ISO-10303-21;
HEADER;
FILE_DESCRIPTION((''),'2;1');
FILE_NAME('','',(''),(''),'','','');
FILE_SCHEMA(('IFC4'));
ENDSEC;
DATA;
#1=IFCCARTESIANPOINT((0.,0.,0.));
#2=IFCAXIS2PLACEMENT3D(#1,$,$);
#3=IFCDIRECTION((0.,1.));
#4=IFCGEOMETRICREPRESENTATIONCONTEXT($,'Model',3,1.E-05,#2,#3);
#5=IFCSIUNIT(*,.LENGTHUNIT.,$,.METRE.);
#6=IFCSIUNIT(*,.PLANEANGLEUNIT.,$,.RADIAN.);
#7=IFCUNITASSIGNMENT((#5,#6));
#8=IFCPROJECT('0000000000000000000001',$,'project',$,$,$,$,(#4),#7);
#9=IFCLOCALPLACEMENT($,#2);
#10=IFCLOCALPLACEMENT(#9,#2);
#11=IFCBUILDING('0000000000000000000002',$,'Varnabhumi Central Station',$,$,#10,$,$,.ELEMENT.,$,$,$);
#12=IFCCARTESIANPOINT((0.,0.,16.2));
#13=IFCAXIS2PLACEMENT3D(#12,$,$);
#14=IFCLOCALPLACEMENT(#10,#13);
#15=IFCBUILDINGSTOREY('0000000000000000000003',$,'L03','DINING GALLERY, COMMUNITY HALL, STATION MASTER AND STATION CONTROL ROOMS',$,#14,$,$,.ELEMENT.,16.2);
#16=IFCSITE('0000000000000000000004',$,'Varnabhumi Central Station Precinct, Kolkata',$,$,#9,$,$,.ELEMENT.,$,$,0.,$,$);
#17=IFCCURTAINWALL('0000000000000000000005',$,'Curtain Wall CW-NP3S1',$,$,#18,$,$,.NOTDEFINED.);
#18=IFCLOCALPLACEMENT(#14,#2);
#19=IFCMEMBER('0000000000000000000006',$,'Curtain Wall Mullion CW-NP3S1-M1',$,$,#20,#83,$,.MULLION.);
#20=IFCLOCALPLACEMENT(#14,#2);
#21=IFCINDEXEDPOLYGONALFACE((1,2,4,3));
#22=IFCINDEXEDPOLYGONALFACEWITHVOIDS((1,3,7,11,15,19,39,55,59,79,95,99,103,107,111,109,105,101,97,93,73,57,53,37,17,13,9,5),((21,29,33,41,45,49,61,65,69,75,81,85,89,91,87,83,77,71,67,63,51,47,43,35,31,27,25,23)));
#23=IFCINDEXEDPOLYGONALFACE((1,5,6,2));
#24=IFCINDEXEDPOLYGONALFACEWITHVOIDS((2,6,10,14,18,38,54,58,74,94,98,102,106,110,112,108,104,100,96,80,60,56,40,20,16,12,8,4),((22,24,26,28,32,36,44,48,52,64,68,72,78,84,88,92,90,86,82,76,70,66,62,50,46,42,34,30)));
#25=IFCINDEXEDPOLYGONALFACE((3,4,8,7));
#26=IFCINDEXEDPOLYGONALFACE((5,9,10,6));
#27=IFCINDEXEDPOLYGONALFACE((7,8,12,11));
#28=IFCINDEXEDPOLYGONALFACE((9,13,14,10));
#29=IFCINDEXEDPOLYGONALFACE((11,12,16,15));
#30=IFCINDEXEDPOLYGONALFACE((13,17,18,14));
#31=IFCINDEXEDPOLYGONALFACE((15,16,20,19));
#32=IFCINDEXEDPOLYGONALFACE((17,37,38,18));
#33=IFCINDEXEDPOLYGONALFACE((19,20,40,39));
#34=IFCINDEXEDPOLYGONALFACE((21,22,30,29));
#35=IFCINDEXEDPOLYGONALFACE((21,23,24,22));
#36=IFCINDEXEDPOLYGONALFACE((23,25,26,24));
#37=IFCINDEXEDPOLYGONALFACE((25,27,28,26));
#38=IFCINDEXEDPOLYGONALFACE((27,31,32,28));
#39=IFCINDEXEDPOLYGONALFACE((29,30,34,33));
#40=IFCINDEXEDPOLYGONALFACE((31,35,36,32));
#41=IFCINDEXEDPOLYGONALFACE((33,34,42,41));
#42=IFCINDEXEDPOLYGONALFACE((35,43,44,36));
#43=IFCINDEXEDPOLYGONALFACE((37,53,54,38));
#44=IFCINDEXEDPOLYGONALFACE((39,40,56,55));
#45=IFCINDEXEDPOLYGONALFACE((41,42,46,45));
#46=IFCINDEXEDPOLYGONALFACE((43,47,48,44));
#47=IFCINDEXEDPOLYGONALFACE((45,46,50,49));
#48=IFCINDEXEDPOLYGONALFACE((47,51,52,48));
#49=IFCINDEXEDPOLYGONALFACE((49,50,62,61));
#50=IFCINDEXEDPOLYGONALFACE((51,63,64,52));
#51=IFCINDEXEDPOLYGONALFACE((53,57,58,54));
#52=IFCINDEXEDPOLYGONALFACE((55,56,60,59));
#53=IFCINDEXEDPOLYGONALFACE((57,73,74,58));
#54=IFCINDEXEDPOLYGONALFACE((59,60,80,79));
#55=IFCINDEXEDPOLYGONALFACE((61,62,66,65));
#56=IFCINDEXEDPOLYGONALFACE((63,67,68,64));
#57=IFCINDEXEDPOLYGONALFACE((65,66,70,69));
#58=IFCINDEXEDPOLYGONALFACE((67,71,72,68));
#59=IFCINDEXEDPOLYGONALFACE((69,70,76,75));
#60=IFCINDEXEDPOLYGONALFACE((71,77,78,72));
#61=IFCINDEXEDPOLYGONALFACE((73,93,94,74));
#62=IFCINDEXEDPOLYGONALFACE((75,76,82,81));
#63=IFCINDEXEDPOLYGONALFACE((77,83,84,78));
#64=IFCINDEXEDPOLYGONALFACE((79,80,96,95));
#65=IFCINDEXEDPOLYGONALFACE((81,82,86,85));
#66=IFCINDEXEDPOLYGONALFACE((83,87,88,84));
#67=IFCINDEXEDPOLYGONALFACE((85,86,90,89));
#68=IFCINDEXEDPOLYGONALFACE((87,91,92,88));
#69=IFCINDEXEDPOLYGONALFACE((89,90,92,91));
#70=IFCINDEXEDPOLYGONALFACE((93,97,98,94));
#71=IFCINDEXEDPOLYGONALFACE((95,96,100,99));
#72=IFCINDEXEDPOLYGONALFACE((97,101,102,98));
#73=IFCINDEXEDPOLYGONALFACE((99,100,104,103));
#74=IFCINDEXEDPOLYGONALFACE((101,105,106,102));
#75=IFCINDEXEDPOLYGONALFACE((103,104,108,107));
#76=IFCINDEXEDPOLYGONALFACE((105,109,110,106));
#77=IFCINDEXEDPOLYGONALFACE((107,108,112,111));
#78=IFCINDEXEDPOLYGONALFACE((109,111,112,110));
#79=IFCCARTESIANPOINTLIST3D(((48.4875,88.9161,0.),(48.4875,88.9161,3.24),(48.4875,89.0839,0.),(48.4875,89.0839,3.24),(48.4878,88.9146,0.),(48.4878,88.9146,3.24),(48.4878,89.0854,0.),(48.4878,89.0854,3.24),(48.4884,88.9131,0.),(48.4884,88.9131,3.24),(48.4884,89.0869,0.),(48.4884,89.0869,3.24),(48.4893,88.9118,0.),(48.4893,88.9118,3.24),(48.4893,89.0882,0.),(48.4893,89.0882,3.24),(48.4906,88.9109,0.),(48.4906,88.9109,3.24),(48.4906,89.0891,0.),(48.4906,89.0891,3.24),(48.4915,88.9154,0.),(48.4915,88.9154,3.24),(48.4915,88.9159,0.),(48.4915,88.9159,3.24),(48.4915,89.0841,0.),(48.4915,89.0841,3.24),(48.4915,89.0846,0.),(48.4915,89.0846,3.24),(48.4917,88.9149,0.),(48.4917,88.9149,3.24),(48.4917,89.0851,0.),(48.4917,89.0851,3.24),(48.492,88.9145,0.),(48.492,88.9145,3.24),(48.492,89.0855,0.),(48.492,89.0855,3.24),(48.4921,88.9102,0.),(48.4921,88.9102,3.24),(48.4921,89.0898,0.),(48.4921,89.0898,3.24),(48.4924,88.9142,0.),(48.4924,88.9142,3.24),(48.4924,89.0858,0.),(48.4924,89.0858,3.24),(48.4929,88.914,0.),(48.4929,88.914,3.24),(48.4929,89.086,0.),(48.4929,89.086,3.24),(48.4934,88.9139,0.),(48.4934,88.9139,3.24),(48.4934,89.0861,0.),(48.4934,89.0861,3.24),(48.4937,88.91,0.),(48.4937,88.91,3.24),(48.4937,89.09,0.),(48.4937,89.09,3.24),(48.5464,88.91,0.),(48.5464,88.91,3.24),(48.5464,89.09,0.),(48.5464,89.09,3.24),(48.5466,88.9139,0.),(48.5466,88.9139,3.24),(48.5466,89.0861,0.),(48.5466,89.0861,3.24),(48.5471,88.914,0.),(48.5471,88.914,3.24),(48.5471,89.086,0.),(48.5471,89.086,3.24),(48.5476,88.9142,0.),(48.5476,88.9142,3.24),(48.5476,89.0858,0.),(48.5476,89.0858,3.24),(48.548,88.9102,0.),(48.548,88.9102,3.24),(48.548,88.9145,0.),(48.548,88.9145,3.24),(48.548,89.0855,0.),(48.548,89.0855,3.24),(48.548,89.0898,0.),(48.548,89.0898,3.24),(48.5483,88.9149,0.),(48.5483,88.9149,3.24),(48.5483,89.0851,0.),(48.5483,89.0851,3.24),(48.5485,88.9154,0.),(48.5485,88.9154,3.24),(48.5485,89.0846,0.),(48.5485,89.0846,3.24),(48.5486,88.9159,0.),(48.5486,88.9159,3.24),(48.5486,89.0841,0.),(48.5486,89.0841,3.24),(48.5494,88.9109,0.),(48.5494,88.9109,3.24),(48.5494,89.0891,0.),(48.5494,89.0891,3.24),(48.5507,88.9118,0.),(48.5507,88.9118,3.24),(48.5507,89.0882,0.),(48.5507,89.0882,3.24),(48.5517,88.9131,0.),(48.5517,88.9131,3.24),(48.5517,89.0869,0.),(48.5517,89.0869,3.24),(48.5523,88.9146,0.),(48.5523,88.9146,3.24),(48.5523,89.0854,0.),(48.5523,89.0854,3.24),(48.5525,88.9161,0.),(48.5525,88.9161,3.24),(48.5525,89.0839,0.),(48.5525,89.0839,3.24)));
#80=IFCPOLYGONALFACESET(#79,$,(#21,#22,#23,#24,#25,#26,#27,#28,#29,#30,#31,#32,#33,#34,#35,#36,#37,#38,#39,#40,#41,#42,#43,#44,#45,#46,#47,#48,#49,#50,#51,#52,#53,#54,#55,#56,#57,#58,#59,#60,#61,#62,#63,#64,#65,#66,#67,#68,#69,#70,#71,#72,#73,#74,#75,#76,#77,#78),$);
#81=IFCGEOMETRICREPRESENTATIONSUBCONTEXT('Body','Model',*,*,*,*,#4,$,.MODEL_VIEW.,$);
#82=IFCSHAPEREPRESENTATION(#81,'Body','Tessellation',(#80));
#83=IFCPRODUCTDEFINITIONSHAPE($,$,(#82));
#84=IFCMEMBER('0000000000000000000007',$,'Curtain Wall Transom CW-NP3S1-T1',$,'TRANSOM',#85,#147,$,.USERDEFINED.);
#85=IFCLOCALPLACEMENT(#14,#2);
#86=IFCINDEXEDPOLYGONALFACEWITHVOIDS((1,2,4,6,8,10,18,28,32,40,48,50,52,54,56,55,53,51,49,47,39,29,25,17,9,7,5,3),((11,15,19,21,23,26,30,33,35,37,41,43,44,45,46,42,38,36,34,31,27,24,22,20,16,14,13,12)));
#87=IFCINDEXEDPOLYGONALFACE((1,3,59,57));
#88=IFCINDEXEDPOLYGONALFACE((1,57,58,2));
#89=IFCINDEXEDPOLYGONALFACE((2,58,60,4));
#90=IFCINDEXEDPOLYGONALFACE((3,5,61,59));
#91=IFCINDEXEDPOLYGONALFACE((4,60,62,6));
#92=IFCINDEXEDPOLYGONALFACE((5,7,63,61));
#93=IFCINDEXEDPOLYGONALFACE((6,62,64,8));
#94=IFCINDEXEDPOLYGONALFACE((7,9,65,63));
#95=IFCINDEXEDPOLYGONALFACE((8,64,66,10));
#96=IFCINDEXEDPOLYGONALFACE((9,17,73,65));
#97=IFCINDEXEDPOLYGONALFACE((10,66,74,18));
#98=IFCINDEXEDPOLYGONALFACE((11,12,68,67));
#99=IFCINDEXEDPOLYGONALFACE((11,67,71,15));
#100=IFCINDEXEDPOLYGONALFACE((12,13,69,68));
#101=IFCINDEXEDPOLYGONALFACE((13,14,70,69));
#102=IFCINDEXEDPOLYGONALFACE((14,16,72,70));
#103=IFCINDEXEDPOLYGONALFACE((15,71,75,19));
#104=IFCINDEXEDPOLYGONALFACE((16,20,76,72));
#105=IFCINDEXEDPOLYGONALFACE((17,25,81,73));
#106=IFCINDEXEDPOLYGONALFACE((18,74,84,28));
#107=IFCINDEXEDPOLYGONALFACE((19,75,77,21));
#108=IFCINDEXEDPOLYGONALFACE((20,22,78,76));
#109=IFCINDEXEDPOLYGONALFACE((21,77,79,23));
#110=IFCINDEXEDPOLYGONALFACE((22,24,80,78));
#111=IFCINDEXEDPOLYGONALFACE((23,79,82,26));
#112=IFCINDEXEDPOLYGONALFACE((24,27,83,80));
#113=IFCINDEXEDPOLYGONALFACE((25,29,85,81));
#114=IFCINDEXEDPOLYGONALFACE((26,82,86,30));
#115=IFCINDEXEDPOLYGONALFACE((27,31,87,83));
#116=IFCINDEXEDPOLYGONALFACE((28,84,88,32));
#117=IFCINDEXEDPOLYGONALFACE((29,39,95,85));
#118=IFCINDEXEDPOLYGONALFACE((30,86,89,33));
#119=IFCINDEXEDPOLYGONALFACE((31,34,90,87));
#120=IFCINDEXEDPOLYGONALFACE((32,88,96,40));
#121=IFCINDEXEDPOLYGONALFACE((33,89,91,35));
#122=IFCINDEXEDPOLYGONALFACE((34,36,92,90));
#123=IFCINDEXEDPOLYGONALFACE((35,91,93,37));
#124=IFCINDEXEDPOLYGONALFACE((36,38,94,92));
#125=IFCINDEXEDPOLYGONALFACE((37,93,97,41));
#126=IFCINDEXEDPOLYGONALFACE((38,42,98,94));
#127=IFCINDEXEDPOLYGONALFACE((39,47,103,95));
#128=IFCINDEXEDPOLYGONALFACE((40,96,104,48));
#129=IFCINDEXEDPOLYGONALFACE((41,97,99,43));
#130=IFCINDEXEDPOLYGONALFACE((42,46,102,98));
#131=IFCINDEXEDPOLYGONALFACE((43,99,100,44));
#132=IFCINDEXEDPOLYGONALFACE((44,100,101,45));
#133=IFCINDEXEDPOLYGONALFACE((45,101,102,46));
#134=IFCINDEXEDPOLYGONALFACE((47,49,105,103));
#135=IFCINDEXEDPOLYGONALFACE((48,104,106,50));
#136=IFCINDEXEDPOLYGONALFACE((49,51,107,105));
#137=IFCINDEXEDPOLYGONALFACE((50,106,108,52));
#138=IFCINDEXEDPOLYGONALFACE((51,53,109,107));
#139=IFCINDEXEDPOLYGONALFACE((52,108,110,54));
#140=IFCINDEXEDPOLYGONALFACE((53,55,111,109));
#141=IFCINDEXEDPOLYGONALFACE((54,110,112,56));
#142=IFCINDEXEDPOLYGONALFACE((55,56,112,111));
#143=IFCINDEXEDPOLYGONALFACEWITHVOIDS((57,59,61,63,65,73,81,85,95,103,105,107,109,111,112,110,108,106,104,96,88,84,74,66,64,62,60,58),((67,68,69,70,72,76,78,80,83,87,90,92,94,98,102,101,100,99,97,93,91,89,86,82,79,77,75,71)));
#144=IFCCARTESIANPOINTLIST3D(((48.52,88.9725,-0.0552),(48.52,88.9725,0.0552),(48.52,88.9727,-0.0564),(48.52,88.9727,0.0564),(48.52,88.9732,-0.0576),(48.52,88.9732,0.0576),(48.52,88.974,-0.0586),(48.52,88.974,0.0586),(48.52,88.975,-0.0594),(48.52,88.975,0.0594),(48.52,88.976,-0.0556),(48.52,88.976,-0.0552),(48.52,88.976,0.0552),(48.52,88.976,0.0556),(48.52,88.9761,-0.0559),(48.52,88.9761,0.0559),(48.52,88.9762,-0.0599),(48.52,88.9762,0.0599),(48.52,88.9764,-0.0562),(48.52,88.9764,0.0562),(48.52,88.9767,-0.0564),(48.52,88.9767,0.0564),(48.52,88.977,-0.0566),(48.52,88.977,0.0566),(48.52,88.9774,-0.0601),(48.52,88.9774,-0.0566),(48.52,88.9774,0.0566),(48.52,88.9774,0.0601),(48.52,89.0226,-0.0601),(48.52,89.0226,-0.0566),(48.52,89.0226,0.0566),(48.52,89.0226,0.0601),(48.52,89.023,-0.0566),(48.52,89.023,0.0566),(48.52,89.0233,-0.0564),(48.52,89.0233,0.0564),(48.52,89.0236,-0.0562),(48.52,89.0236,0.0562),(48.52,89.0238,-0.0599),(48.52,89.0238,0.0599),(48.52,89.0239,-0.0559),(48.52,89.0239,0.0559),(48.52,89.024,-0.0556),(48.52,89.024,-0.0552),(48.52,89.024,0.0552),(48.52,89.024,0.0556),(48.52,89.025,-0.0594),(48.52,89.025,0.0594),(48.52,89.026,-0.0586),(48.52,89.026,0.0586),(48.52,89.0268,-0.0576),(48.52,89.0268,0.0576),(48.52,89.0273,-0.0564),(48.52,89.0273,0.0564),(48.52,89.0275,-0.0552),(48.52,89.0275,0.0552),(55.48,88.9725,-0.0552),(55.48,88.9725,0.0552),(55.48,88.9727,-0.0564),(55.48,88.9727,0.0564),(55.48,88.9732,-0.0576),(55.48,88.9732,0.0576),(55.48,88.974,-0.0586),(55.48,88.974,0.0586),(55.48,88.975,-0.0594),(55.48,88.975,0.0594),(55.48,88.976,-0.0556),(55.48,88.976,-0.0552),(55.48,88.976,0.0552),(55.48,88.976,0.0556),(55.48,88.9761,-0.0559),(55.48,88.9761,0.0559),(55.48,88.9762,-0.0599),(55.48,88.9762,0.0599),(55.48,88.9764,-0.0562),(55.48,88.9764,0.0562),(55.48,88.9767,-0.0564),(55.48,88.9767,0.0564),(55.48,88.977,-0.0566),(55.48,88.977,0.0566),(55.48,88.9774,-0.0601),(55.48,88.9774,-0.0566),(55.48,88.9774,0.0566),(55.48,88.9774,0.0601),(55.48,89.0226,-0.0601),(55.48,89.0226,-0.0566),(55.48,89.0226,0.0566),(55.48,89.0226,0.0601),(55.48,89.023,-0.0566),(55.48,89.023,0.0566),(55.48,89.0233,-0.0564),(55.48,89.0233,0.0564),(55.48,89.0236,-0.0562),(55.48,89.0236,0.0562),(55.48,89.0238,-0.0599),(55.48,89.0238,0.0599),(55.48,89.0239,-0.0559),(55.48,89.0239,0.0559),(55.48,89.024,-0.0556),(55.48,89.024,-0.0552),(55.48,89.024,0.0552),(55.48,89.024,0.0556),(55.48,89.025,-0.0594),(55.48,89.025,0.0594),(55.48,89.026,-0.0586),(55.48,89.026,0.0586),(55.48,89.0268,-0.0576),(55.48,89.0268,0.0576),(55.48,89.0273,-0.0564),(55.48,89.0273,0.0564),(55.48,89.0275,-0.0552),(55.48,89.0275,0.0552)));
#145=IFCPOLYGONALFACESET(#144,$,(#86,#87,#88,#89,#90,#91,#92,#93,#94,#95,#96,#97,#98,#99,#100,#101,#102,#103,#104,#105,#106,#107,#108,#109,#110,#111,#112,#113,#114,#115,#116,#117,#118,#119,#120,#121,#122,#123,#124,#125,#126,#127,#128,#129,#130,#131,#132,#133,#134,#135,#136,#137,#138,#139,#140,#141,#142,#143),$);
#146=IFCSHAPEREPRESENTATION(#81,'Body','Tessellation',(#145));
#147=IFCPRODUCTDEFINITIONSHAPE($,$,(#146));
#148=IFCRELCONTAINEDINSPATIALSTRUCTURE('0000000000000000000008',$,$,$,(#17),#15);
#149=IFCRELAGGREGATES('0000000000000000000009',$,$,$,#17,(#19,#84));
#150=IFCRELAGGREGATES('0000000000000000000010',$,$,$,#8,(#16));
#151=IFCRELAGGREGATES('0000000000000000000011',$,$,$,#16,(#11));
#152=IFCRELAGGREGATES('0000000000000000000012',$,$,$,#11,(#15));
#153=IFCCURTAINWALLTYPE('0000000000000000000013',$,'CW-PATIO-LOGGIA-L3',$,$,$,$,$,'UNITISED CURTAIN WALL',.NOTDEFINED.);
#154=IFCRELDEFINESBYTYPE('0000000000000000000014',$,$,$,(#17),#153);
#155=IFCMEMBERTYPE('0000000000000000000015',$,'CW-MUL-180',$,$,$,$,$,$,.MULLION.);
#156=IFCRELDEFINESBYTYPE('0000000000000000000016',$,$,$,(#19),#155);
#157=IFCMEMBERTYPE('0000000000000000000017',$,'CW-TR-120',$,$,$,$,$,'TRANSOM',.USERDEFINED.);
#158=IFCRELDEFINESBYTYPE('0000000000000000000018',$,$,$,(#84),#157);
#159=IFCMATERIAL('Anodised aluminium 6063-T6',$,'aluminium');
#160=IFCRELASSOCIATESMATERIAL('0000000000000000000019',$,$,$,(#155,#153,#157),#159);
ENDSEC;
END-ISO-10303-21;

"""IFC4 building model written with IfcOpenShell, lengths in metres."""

from ifc_helpers import new_model, si_unit, direction, frame, origin, origin_2d, place, context, subcontext, project, spatial, hollow_rectangle, extrude, material, material_profile, profile_set, type_object, element, aggregate, save


model = new_model("IFC4")

# Units and contexts
model_context = context("Model", 3, precision=1e-05, world=origin(), true_north=direction((0.0, 1.0)))
body_context = subcontext(model_context, "Body", "Model", "MODEL_VIEW")
ifc_project = project(units=[si_unit("LENGTHUNIT", "METRE"), si_unit("PLANEANGLEUNIT", "RADIAN")], contexts=[model_context])

# Site, building, storey
site_placement = place(None, origin())
site = spatial("IfcSite", under=ifc_project, at=site_placement, Name="Varnabhumi Central Station Precinct, Kolkata", CompositionType="ELEMENT", RefElevation=0.0)
building_placement = place(site_placement, origin())
building = spatial("IfcBuilding", under=site, at=building_placement, Name="Varnabhumi Central Station", CompositionType="ELEMENT")
storey_placement = place(building_placement, frame((0.0, 0.0, 16.2)))
storey = spatial("IfcBuildingStorey", under=building, at=storey_placement, Name="L03", Description="DINING GALLERY, COMMUNITY HALL, STATION MASTER AND STATION CONTROL ROOMS", CompositionType="ELEMENT", Elevation=16.2)

# Shared definitions
ifc_material_1 = material(Name="Anodised aluminium 6063-T6", Category="aluminium")
ifc_material_profile_1 = material_profile(ifc_material_1, hollow_rectangle(XDim=0.0649, YDim=0.1799, WallThickness=0.0039, InnerFilletRadius=0.002, OuterFilletRadius=0.0061, at=origin_2d()), Name="Anodised aluminium 6063-T6", Category="aluminium")
ifc_profile_set_1 = profile_set([ifc_material_profile_1], Name="Anodised aluminium 6063-T6")
member_type_1 = type_object("IfcMemberType", Name="CW-MUL-180", PredefinedType="MULLION", material=ifc_profile_set_1)

# Curtain wall, members
curtain_wall_type_1 = type_object("IfcCurtainWallType", Name="CW-PATIO-LOGGIA-L3", ElementType="UNITISED CURTAIN WALL", PredefinedType="NOTDEFINED", material=ifc_material_1)
curtain_wall_1_placement = place(storey_placement, origin())
curtain_wall_1 = element("IfcCurtainWall", 1, at=curtain_wall_1_placement, inside=storey, type_object=curtain_wall_type_1, Name="Curtain Wall CW-NP3S1", PredefinedType="NOTDEFINED")
member_1_placement = place(storey_placement, frame((48.52, 89.0, 0.0), z_axis=(0.0, 0.0, 1.0), x_axis=(1.0, 0.0, 0.0)))
member_1 = element("IfcMember", 2, at=member_1_placement, type_object=member_type_1, Name="Curtain Wall Mullion CW-NP3S1-M1", PredefinedType="MULLION", context=body_context, shape_type="SweptSolid", body=[
    extrude(hollow_rectangle(XDim=0.0649, YDim=0.1799, WallThickness=0.0039, InnerFilletRadius=0.002, OuterFilletRadius=0.0061, at=origin_2d()), origin(), (0.0, 0.0, 1.0), 3.24),
])
ifc_material_profile_2 = material_profile(ifc_material_1, hollow_rectangle(XDim=0.0549, YDim=0.1201, WallThickness=0.0034, InnerFilletRadius=0.0015, OuterFilletRadius=0.0049, at=origin_2d()), Name="Anodised aluminium 6063-T6", Category="aluminium")
ifc_profile_set_2 = profile_set([ifc_material_profile_2], Name="Anodised aluminium 6063-T6")
member_type_2 = type_object("IfcMemberType", Name="CW-TR-120", ElementType="TRANSOM", PredefinedType="USERDEFINED", material=ifc_profile_set_2)
member_2_placement = place(storey_placement, frame((48.52, 89.0, 0.0), z_axis=(1.0, 0.0, 0.0), x_axis=(0.0, 1.0, 0.0)))
member_2 = element("IfcMember", 3, at=member_2_placement, type_object=member_type_2, Name="Curtain Wall Transom CW-NP3S1-T1", ObjectType="TRANSOM", PredefinedType="USERDEFINED", context=body_context, shape_type="SweptSolid", body=[
    extrude(hollow_rectangle(XDim=0.0549, YDim=0.1201, WallThickness=0.0034, InnerFilletRadius=0.0015, OuterFilletRadius=0.0049, at=origin_2d()), origin(), (0.0, 0.0, 1.0), 6.96),
])
aggregate(curtain_wall_1, [member_1, member_2])

save(model, "model.ifc")
